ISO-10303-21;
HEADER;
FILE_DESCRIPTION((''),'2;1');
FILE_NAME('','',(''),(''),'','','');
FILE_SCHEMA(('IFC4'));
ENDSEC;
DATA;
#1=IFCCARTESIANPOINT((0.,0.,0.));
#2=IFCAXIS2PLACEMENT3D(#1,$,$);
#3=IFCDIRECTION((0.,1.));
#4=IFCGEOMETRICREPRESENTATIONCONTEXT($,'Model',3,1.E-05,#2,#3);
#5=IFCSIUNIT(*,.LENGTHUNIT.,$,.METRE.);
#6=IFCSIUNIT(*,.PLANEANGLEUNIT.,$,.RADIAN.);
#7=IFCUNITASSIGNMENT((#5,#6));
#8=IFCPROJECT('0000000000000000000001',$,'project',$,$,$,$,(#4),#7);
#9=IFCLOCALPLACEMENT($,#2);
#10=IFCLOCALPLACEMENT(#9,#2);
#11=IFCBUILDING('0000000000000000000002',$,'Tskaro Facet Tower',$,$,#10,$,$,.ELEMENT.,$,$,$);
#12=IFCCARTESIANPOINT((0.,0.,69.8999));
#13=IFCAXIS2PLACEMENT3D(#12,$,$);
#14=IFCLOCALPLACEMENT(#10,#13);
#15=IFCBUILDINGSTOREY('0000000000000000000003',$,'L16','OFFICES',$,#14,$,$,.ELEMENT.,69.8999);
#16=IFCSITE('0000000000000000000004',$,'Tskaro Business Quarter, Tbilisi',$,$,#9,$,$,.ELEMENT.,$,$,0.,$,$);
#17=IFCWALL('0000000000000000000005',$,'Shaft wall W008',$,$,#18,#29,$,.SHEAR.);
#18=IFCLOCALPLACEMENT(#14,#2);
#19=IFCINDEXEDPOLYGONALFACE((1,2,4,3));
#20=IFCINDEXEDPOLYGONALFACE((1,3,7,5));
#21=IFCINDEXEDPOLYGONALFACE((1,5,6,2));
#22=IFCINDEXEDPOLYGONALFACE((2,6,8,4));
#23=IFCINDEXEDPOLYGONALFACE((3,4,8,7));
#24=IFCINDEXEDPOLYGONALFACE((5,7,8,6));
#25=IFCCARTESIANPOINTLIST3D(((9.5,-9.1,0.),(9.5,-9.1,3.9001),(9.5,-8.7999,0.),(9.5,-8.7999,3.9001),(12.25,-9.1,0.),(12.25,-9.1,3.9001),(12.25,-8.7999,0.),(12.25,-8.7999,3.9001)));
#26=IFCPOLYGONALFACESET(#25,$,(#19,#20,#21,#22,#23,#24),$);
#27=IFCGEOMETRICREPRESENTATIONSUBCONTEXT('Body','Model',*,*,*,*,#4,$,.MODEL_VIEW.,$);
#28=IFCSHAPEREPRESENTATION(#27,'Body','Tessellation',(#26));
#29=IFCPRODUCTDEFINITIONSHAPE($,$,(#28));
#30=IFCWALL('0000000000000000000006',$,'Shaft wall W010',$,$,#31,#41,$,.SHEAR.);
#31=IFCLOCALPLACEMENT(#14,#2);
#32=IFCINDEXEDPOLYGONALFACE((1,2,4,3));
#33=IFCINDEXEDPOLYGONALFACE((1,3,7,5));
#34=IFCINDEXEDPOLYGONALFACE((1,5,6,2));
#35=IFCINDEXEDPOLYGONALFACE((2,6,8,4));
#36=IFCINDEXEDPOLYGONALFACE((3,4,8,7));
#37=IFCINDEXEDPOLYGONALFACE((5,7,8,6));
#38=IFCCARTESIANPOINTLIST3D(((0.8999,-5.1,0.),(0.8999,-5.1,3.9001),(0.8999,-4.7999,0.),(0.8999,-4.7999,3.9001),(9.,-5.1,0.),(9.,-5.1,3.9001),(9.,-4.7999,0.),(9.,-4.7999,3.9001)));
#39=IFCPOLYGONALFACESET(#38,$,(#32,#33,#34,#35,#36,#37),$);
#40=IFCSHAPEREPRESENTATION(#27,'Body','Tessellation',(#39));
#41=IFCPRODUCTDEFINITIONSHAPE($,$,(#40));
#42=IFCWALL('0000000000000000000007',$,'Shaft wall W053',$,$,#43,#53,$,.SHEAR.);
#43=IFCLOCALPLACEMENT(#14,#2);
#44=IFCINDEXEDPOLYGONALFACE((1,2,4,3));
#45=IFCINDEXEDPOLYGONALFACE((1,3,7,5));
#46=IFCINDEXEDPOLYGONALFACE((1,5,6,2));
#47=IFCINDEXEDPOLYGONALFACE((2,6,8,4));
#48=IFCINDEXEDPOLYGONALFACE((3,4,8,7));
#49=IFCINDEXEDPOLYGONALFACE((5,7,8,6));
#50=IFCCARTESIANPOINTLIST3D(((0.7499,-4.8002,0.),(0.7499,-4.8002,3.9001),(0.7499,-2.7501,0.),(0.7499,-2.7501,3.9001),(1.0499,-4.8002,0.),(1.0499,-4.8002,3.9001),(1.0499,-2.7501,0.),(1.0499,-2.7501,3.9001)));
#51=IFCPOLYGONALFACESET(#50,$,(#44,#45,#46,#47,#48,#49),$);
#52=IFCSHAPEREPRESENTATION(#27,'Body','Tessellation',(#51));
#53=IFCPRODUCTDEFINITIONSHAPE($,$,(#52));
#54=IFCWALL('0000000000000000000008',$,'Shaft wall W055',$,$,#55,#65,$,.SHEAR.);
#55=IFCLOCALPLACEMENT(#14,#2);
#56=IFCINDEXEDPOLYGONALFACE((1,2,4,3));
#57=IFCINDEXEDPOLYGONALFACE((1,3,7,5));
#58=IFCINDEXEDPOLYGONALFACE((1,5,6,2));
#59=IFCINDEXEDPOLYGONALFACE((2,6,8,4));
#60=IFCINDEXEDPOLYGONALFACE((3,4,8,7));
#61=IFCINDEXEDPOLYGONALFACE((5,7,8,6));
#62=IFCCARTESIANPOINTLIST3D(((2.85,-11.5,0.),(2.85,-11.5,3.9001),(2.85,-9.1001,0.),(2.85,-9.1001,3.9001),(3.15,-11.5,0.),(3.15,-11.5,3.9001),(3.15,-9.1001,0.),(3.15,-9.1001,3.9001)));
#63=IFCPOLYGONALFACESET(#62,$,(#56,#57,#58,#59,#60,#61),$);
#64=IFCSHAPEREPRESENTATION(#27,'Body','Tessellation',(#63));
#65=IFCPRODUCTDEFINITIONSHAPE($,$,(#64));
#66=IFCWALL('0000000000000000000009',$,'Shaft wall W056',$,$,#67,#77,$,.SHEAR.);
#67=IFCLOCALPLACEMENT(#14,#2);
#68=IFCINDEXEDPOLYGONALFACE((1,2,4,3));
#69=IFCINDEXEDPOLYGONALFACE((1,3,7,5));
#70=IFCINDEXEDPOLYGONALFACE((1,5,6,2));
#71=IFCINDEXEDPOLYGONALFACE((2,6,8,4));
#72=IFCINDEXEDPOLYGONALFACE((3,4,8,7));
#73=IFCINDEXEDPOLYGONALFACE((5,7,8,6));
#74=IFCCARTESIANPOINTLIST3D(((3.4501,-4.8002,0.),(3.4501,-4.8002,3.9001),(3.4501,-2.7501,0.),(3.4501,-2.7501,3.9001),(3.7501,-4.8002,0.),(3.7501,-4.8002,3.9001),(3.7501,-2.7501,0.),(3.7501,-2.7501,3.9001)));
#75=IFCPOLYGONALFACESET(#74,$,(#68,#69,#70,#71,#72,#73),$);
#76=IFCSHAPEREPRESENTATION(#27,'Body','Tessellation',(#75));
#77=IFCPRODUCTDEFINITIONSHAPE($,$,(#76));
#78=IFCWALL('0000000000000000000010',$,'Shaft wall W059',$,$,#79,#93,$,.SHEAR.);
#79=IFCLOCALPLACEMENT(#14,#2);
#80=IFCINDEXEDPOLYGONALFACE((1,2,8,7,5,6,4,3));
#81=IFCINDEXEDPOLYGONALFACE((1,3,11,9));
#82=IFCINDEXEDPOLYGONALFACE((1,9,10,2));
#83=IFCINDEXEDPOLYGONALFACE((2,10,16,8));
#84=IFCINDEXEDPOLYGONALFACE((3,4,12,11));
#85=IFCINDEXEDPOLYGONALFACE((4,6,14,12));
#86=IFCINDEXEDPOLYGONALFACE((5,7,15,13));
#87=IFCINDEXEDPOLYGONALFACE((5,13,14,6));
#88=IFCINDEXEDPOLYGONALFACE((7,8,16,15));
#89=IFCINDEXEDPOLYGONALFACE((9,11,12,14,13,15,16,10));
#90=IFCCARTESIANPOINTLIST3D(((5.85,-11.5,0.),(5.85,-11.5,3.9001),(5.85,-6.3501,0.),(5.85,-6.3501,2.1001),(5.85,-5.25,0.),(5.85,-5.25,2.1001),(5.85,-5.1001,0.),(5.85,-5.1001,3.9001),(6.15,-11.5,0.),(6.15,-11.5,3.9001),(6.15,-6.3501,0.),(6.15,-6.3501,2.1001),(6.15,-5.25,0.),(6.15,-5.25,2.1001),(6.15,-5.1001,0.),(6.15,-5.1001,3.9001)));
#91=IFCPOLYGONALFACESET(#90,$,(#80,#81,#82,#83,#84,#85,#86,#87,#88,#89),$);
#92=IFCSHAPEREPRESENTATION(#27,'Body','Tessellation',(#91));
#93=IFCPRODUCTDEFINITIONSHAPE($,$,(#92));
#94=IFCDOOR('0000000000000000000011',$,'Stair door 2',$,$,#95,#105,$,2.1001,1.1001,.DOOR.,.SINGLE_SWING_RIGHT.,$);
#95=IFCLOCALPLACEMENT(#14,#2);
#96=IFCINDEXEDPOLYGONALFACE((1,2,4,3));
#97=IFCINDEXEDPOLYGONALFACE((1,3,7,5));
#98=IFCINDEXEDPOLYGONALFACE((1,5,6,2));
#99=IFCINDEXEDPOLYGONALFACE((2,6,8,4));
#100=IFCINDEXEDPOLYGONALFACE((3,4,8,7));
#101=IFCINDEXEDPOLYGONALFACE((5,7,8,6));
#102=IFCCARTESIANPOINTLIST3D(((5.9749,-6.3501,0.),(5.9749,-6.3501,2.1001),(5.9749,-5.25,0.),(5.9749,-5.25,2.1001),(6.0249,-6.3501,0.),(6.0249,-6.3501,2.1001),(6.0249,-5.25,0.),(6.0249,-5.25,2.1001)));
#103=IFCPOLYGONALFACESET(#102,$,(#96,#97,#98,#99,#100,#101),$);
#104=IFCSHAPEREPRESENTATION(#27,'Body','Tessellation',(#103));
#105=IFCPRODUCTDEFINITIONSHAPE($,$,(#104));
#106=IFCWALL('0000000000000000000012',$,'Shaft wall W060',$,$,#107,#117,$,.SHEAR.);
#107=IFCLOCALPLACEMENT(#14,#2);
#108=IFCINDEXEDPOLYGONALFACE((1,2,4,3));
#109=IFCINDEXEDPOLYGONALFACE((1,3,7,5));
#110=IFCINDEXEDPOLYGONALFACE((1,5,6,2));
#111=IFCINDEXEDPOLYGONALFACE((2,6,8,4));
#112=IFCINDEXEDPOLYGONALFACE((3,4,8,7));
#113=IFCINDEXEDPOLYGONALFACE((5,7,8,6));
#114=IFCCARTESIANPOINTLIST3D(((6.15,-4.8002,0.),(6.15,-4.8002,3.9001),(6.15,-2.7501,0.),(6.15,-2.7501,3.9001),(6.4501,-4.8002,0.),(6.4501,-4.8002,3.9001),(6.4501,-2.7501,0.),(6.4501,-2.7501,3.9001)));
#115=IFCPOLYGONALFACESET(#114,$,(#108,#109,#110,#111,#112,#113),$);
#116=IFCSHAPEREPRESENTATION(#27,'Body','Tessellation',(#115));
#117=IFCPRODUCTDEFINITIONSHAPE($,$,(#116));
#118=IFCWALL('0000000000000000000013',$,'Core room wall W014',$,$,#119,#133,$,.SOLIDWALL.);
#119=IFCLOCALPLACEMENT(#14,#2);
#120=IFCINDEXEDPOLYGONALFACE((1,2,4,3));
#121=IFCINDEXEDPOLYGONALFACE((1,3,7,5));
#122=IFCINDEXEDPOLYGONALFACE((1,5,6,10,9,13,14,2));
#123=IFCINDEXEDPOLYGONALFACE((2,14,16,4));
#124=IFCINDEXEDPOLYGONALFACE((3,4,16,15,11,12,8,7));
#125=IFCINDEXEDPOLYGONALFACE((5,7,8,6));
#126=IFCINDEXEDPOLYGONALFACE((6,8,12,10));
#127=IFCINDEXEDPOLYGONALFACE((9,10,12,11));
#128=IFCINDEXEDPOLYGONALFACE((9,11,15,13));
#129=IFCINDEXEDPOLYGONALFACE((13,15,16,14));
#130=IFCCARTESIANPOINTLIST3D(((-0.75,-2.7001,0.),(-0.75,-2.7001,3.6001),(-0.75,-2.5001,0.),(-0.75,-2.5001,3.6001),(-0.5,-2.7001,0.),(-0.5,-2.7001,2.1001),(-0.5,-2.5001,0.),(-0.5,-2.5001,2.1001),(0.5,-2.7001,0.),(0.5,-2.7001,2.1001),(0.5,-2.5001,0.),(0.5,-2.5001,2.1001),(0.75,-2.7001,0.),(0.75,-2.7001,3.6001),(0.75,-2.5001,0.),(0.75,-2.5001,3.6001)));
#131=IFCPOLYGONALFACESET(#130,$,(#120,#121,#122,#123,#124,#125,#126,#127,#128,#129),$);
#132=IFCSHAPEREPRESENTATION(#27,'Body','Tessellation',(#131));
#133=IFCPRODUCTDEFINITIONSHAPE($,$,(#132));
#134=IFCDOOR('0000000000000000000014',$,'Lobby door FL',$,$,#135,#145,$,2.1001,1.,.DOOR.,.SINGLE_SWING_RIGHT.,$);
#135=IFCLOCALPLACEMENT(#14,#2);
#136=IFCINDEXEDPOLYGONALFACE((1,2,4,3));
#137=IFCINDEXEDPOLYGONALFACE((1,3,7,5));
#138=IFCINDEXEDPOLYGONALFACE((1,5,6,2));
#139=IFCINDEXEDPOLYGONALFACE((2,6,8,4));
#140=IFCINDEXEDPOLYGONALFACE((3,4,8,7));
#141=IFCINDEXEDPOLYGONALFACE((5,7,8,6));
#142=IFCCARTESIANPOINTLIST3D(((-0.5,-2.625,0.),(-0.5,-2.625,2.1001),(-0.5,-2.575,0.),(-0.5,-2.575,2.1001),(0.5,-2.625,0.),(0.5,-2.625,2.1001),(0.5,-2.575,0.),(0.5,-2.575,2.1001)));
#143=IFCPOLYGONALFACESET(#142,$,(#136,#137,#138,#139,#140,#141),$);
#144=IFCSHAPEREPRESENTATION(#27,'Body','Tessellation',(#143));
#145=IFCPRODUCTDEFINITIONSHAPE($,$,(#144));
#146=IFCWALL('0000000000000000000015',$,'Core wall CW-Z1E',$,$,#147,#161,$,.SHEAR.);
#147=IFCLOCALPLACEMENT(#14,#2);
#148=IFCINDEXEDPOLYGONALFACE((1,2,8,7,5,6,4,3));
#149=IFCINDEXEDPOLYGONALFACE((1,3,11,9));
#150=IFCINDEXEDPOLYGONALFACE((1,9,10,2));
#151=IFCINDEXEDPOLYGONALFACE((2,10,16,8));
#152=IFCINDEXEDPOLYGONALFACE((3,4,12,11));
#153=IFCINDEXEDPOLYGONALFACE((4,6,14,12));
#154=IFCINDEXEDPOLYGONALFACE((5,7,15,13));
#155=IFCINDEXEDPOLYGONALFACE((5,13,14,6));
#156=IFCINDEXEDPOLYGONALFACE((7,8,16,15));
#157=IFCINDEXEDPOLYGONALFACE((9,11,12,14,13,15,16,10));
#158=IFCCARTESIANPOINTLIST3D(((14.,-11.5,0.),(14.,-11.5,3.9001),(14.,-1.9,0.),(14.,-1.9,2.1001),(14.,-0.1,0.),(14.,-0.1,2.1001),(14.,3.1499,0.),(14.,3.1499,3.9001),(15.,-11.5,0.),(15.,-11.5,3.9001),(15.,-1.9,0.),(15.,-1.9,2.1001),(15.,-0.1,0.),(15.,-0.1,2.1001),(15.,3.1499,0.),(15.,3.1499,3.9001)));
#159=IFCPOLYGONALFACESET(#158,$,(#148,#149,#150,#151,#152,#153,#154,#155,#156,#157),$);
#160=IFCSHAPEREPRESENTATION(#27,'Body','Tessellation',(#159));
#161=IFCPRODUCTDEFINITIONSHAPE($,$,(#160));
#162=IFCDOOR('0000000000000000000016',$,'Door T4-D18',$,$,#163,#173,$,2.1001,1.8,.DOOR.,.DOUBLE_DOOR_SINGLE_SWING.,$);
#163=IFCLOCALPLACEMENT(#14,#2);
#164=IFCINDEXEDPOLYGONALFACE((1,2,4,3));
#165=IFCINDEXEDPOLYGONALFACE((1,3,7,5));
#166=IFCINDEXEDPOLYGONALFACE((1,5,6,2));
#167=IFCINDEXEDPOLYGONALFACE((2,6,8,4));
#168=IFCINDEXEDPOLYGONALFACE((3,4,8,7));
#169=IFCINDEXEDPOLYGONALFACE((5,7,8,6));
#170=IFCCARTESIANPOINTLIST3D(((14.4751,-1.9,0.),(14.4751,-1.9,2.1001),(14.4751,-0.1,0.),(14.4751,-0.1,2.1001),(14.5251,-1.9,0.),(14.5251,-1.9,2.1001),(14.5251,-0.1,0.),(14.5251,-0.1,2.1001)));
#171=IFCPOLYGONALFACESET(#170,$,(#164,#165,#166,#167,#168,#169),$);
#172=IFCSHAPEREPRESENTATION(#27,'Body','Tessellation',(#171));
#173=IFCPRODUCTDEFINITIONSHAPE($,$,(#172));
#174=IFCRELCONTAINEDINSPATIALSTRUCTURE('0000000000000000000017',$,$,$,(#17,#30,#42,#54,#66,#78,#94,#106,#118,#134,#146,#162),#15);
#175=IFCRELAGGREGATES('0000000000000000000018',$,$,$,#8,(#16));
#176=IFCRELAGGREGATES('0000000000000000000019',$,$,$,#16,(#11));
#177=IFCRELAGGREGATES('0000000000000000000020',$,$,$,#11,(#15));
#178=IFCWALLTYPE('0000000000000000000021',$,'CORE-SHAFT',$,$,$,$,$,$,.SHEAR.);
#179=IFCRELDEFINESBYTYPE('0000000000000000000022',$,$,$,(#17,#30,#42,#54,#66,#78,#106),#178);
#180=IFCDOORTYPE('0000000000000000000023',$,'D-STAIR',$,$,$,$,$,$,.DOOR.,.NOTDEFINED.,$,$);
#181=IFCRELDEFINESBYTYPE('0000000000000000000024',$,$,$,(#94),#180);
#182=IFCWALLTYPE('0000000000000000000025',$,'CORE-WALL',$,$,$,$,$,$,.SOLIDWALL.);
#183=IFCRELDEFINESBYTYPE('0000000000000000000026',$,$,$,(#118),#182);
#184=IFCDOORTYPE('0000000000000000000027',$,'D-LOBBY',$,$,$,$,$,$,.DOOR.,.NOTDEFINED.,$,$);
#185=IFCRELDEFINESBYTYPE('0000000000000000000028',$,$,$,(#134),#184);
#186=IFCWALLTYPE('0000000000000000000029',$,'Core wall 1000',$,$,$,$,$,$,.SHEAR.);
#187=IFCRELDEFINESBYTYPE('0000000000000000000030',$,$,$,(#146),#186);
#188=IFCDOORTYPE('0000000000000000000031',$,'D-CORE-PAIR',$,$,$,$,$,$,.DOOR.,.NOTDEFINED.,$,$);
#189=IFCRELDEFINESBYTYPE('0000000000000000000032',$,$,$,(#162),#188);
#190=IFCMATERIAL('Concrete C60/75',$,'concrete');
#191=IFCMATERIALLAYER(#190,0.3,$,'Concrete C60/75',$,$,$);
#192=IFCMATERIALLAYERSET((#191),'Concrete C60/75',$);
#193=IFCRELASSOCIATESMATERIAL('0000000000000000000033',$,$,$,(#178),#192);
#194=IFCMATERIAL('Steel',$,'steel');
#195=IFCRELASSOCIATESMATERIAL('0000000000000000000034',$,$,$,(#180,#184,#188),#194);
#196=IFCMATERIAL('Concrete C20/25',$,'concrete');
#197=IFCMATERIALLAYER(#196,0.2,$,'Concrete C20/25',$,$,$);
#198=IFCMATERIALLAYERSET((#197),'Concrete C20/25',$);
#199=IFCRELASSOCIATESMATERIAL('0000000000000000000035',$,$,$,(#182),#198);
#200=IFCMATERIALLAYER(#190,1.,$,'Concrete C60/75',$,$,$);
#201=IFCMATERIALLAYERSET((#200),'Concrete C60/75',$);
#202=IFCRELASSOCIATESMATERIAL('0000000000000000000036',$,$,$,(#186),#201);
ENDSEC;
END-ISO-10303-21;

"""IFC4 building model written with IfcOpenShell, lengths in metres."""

from ifc_helpers import new_model, si_unit, direction, frame, frame_2d, origin, place, context, subcontext, project, spatial, rectangle, extrude, material, layer, layer_set, type_object, element, fill, save


model = new_model("IFC4")

# Units and contexts
model_context = context("Model", 3, precision=1e-05, world=origin(), true_north=direction((0.0, 1.0)))
body_context = subcontext(model_context, "Body", "Model", "MODEL_VIEW")
ifc_project = project(units=[si_unit("LENGTHUNIT", "METRE"), si_unit("PLANEANGLEUNIT", "RADIAN")], contexts=[model_context])

# Site, building, storey
site_placement = place(None, origin())
site = spatial("IfcSite", under=ifc_project, at=site_placement, Name="Tskaro Business Quarter, Tbilisi", CompositionType="ELEMENT", RefElevation=0.0)
building_placement = place(site_placement, origin())
building = spatial("IfcBuilding", under=site, at=building_placement, Name="Tskaro Facet Tower", CompositionType="ELEMENT")
storey_placement = place(building_placement, frame((0.0, 0.0, 69.8999)))
storey = spatial("IfcBuildingStorey", under=building, at=storey_placement, Name="L16", Description="OFFICES", CompositionType="ELEMENT", Elevation=69.8999)

# Walls
ifc_material_1 = material(Name="Concrete C60/75", Category="concrete")
ifc_layer_1 = layer(ifc_material_1, 0.3, Name="Concrete C60/75")
ifc_layer_set_1 = layer_set([ifc_layer_1], Name="Concrete C60/75")
wall_type_1 = type_object("IfcWallType", Name="CORE-SHAFT", PredefinedType="SHEAR", material=ifc_layer_set_1)
wall_1_placement = place(storey_placement, frame((9.5, -8.95, 0.0), z_axis=(0.0, 0.0, 1.0), x_axis=(1.0, 0.0, 0.0)))
element("IfcWall", 1, at=wall_1_placement, inside=storey, type_object=wall_type_1, Name="Shaft wall W008", PredefinedType="SHEAR", context=body_context, shape_type="SweptSolid", body=[
    extrude(rectangle(XDim=2.75, YDim=0.3, at=frame_2d((1.375, 0.0))), origin(), (0.0, 0.0, 1.0), 3.9001),
])
wall_2_placement = place(storey_placement, frame((0.8999, -4.95, 0.0), z_axis=(0.0, 0.0, 1.0), x_axis=(1.0, 0.0, 0.0)))
element("IfcWall", 2, at=wall_2_placement, inside=storey, type_object=wall_type_1, Name="Shaft wall W010", PredefinedType="SHEAR", context=body_context, shape_type="SweptSolid", body=[
    extrude(rectangle(XDim=8.1001, YDim=0.3, at=frame_2d((4.05, 0.0))), origin(), (0.0, 0.0, 1.0), 3.9001),
])
wall_3_placement = place(storey_placement, frame((0.8999, -4.8, 0.0), z_axis=(0.0, 0.0, 1.0), x_axis=(0.0, 1.0, 0.0)))
element("IfcWall", 3, at=wall_3_placement, inside=storey, type_object=wall_type_1, Name="Shaft wall W053", PredefinedType="SHEAR", context=body_context, shape_type="SweptSolid", body=[
    extrude(rectangle(XDim=2.05, YDim=0.3, at=frame_2d((1.0249, 0.0))), origin(), (0.0, 0.0, 1.0), 3.9001),
])
wall_4_placement = place(storey_placement, frame((3.0, -11.5, 0.0), z_axis=(0.0, 0.0, 1.0), x_axis=(0.0, 1.0, 0.0)))
element("IfcWall", 4, at=wall_4_placement, inside=storey, type_object=wall_type_1, Name="Shaft wall W055", PredefinedType="SHEAR", context=body_context, shape_type="SweptSolid", body=[
    extrude(rectangle(XDim=2.3999, YDim=0.3, at=frame_2d((1.2, 0.0))), origin(), (0.0, 0.0, 1.0), 3.9001),
])
wall_5_placement = place(storey_placement, frame((3.6001, -4.8, 0.0), z_axis=(0.0, 0.0, 1.0), x_axis=(0.0, 1.0, 0.0)))
element("IfcWall", 5, at=wall_5_placement, inside=storey, type_object=wall_type_1, Name="Shaft wall W056", PredefinedType="SHEAR", context=body_context, shape_type="SweptSolid", body=[
    extrude(rectangle(XDim=2.05, YDim=0.3, at=frame_2d((1.0249, 0.0))), origin(), (0.0, 0.0, 1.0), 3.9001),
])

# Wall, opening, door
wall_6_placement = place(storey_placement, frame((6.0, -5.1001, 0.0), z_axis=(0.0, 0.0, 1.0), x_axis=(0.0, -1.0, 0.0)))
wall_6 = element("IfcWall", 6, at=wall_6_placement, inside=storey, type_object=wall_type_1, Name="Shaft wall W059", PredefinedType="SHEAR", context=body_context, shape_type="SweptSolid", body=[
    extrude(rectangle(XDim=6.3999, YDim=0.3, at=frame_2d((3.2, 0.0))), origin(), (0.0, 0.0, 1.0), 3.9001),
])
opening_1_placement = place(wall_6_placement, frame((0.1499, 0.0, 0.0)))
opening_1 = element("IfcOpeningElement", 7, at=opening_1_placement, cuts=wall_6, PredefinedType="OPENING", context=body_context, shape_type="SweptSolid", body=[
    extrude(rectangle(XDim=1.1001, YDim=2.1001, at=frame_2d((0.55, 1.05))), frame((0.0, 0.1599, 0.0), z_axis=(0.0, -1.0, 0.0), x_axis=(1.0, 0.0, 0.0)), (0.0, 0.0, 1.0), 0.3201),
])
ifc_material_2 = material(Name="Steel", Category="steel")
door_type_1 = type_object("IfcDoorType", Name="D-STAIR", OperationType="NOTDEFINED", PredefinedType="DOOR", material=ifc_material_2)
door_1_placement = place(opening_1_placement, origin())
door_1 = element("IfcDoor", 8, at=door_1_placement, inside=storey, type_object=door_type_1, Name="Stair door 2", OperationType="SINGLE_SWING_RIGHT", OverallHeight=2.1001, OverallWidth=1.1001, PredefinedType="DOOR", context=body_context, shape_type="SweptSolid", body=[
    extrude(rectangle(XDim=1.1001, YDim=2.1001, at=frame_2d((0.55, 1.05))), frame((0.0, 0.0249, 0.0), z_axis=(0.0, -1.0, 0.0), x_axis=(1.0, 0.0, 0.0)), (0.0, 0.0, 1.0), 0.05),
])
fill(opening_1, door_1)

# Wall
wall_7_placement = place(storey_placement, frame((6.3, -4.8, 0.0), z_axis=(0.0, 0.0, 1.0), x_axis=(0.0, 1.0, 0.0)))
element("IfcWall", 9, at=wall_7_placement, inside=storey, type_object=wall_type_1, Name="Shaft wall W060", PredefinedType="SHEAR", context=body_context, shape_type="SweptSolid", body=[
    extrude(rectangle(XDim=2.05, YDim=0.3, at=frame_2d((1.0249, 0.0))), origin(), (0.0, 0.0, 1.0), 3.9001),
])

# Walls, openings, doors
ifc_material_3 = material(Name="Concrete C20/25", Category="concrete")
ifc_layer_2 = layer(ifc_material_3, 0.2, Name="Concrete C20/25")
ifc_layer_set_2 = layer_set([ifc_layer_2], Name="Concrete C20/25")
wall_type_2 = type_object("IfcWallType", Name="CORE-WALL", PredefinedType="SOLIDWALL", material=ifc_layer_set_2)
wall_8_placement = place(storey_placement, frame((0.75, -2.6001, 0.0), z_axis=(0.0, 0.0, 1.0), x_axis=(-1.0, 0.0, 0.0)))
wall_8 = element("IfcWall", 10, at=wall_8_placement, inside=storey, type_object=wall_type_2, Name="Core room wall W014", PredefinedType="SOLIDWALL", context=body_context, shape_type="SweptSolid", body=[
    extrude(rectangle(XDim=1.5, YDim=0.2, at=frame_2d((0.75, 0.0))), origin(), (0.0, 0.0, 1.0), 3.6001),
])
opening_2_placement = place(wall_8_placement, frame((0.25, 0.0, 0.0)))
opening_2 = element("IfcOpeningElement", 11, at=opening_2_placement, cuts=wall_8, PredefinedType="OPENING", context=body_context, shape_type="SweptSolid", body=[
    extrude(rectangle(XDim=1.0, YDim=2.1001, at=frame_2d((0.5, 1.05))), frame((0.0, 0.1099, 0.0), z_axis=(0.0, -1.0, 0.0), x_axis=(1.0, 0.0, 0.0)), (0.0, 0.0, 1.0), 0.22),
])
door_type_2 = type_object("IfcDoorType", Name="D-LOBBY", OperationType="NOTDEFINED", PredefinedType="DOOR", material=ifc_material_2)
door_2_placement = place(opening_2_placement, origin())
door_2 = element("IfcDoor", 12, at=door_2_placement, inside=storey, type_object=door_type_2, Name="Lobby door FL", OperationType="SINGLE_SWING_RIGHT", OverallHeight=2.1001, OverallWidth=1.0, PredefinedType="DOOR", context=body_context, shape_type="SweptSolid", body=[
    extrude(rectangle(XDim=1.0, YDim=2.1001, at=frame_2d((0.5, 1.05))), frame((0.0, 0.0249, 0.0), z_axis=(0.0, -1.0, 0.0), x_axis=(1.0, 0.0, 0.0)), (0.0, 0.0, 1.0), 0.05),
])
fill(opening_2, door_2)
ifc_layer_3 = layer(ifc_material_1, 1.0, Name="Concrete C60/75")
ifc_layer_set_3 = layer_set([ifc_layer_3], Name="Concrete C60/75")
wall_type_3 = type_object("IfcWallType", Name="Core wall 1000", PredefinedType="SHEAR", material=ifc_layer_set_3)
wall_9_placement = place(storey_placement, frame((14.5, -11.5, 0.0), z_axis=(0.0, 0.0, 1.0), x_axis=(0.0, 1.0, 0.0)))
wall_9 = element("IfcWall", 13, at=wall_9_placement, inside=storey, type_object=wall_type_3, Name="Core wall CW-Z1E", PredefinedType="SHEAR", context=body_context, shape_type="SweptSolid", body=[
    extrude(rectangle(XDim=14.6499, YDim=1.0, at=frame_2d((7.325, 0.0))), origin(), (0.0, 0.0, 1.0), 3.9001),
])
opening_3_placement = place(wall_9_placement, frame((9.6001, 0.0, 0.0)))
opening_3 = element("IfcOpeningElement", 14, at=opening_3_placement, cuts=wall_9, PredefinedType="OPENING", context=body_context, shape_type="SweptSolid", body=[
    extrude(rectangle(XDim=1.8, YDim=2.1001, at=frame_2d((0.8999, 1.05))), frame((0.0, 0.51, 0.0), z_axis=(0.0, -1.0, 0.0), x_axis=(1.0, 0.0, 0.0)), (0.0, 0.0, 1.0), 1.02),
])
door_type_3 = type_object("IfcDoorType", Name="D-CORE-PAIR", OperationType="NOTDEFINED", PredefinedType="DOOR", material=ifc_material_2)
door_3_placement = place(opening_3_placement, origin())
door_3 = element("IfcDoor", 15, at=door_3_placement, inside=storey, type_object=door_type_3, Name="Door T4-D18", OperationType="DOUBLE_DOOR_SINGLE_SWING", OverallHeight=2.1001, OverallWidth=1.8, PredefinedType="DOOR", context=body_context, shape_type="SweptSolid", body=[
    extrude(rectangle(XDim=1.8, YDim=2.1001, at=frame_2d((0.8999, 1.05))), frame((0.0, 0.0249, 0.0), z_axis=(0.0, -1.0, 0.0), x_axis=(1.0, 0.0, 0.0)), (0.0, 0.0, 1.0), 0.05),
])
fill(opening_3, door_3)

save(model, "model.ifc")
